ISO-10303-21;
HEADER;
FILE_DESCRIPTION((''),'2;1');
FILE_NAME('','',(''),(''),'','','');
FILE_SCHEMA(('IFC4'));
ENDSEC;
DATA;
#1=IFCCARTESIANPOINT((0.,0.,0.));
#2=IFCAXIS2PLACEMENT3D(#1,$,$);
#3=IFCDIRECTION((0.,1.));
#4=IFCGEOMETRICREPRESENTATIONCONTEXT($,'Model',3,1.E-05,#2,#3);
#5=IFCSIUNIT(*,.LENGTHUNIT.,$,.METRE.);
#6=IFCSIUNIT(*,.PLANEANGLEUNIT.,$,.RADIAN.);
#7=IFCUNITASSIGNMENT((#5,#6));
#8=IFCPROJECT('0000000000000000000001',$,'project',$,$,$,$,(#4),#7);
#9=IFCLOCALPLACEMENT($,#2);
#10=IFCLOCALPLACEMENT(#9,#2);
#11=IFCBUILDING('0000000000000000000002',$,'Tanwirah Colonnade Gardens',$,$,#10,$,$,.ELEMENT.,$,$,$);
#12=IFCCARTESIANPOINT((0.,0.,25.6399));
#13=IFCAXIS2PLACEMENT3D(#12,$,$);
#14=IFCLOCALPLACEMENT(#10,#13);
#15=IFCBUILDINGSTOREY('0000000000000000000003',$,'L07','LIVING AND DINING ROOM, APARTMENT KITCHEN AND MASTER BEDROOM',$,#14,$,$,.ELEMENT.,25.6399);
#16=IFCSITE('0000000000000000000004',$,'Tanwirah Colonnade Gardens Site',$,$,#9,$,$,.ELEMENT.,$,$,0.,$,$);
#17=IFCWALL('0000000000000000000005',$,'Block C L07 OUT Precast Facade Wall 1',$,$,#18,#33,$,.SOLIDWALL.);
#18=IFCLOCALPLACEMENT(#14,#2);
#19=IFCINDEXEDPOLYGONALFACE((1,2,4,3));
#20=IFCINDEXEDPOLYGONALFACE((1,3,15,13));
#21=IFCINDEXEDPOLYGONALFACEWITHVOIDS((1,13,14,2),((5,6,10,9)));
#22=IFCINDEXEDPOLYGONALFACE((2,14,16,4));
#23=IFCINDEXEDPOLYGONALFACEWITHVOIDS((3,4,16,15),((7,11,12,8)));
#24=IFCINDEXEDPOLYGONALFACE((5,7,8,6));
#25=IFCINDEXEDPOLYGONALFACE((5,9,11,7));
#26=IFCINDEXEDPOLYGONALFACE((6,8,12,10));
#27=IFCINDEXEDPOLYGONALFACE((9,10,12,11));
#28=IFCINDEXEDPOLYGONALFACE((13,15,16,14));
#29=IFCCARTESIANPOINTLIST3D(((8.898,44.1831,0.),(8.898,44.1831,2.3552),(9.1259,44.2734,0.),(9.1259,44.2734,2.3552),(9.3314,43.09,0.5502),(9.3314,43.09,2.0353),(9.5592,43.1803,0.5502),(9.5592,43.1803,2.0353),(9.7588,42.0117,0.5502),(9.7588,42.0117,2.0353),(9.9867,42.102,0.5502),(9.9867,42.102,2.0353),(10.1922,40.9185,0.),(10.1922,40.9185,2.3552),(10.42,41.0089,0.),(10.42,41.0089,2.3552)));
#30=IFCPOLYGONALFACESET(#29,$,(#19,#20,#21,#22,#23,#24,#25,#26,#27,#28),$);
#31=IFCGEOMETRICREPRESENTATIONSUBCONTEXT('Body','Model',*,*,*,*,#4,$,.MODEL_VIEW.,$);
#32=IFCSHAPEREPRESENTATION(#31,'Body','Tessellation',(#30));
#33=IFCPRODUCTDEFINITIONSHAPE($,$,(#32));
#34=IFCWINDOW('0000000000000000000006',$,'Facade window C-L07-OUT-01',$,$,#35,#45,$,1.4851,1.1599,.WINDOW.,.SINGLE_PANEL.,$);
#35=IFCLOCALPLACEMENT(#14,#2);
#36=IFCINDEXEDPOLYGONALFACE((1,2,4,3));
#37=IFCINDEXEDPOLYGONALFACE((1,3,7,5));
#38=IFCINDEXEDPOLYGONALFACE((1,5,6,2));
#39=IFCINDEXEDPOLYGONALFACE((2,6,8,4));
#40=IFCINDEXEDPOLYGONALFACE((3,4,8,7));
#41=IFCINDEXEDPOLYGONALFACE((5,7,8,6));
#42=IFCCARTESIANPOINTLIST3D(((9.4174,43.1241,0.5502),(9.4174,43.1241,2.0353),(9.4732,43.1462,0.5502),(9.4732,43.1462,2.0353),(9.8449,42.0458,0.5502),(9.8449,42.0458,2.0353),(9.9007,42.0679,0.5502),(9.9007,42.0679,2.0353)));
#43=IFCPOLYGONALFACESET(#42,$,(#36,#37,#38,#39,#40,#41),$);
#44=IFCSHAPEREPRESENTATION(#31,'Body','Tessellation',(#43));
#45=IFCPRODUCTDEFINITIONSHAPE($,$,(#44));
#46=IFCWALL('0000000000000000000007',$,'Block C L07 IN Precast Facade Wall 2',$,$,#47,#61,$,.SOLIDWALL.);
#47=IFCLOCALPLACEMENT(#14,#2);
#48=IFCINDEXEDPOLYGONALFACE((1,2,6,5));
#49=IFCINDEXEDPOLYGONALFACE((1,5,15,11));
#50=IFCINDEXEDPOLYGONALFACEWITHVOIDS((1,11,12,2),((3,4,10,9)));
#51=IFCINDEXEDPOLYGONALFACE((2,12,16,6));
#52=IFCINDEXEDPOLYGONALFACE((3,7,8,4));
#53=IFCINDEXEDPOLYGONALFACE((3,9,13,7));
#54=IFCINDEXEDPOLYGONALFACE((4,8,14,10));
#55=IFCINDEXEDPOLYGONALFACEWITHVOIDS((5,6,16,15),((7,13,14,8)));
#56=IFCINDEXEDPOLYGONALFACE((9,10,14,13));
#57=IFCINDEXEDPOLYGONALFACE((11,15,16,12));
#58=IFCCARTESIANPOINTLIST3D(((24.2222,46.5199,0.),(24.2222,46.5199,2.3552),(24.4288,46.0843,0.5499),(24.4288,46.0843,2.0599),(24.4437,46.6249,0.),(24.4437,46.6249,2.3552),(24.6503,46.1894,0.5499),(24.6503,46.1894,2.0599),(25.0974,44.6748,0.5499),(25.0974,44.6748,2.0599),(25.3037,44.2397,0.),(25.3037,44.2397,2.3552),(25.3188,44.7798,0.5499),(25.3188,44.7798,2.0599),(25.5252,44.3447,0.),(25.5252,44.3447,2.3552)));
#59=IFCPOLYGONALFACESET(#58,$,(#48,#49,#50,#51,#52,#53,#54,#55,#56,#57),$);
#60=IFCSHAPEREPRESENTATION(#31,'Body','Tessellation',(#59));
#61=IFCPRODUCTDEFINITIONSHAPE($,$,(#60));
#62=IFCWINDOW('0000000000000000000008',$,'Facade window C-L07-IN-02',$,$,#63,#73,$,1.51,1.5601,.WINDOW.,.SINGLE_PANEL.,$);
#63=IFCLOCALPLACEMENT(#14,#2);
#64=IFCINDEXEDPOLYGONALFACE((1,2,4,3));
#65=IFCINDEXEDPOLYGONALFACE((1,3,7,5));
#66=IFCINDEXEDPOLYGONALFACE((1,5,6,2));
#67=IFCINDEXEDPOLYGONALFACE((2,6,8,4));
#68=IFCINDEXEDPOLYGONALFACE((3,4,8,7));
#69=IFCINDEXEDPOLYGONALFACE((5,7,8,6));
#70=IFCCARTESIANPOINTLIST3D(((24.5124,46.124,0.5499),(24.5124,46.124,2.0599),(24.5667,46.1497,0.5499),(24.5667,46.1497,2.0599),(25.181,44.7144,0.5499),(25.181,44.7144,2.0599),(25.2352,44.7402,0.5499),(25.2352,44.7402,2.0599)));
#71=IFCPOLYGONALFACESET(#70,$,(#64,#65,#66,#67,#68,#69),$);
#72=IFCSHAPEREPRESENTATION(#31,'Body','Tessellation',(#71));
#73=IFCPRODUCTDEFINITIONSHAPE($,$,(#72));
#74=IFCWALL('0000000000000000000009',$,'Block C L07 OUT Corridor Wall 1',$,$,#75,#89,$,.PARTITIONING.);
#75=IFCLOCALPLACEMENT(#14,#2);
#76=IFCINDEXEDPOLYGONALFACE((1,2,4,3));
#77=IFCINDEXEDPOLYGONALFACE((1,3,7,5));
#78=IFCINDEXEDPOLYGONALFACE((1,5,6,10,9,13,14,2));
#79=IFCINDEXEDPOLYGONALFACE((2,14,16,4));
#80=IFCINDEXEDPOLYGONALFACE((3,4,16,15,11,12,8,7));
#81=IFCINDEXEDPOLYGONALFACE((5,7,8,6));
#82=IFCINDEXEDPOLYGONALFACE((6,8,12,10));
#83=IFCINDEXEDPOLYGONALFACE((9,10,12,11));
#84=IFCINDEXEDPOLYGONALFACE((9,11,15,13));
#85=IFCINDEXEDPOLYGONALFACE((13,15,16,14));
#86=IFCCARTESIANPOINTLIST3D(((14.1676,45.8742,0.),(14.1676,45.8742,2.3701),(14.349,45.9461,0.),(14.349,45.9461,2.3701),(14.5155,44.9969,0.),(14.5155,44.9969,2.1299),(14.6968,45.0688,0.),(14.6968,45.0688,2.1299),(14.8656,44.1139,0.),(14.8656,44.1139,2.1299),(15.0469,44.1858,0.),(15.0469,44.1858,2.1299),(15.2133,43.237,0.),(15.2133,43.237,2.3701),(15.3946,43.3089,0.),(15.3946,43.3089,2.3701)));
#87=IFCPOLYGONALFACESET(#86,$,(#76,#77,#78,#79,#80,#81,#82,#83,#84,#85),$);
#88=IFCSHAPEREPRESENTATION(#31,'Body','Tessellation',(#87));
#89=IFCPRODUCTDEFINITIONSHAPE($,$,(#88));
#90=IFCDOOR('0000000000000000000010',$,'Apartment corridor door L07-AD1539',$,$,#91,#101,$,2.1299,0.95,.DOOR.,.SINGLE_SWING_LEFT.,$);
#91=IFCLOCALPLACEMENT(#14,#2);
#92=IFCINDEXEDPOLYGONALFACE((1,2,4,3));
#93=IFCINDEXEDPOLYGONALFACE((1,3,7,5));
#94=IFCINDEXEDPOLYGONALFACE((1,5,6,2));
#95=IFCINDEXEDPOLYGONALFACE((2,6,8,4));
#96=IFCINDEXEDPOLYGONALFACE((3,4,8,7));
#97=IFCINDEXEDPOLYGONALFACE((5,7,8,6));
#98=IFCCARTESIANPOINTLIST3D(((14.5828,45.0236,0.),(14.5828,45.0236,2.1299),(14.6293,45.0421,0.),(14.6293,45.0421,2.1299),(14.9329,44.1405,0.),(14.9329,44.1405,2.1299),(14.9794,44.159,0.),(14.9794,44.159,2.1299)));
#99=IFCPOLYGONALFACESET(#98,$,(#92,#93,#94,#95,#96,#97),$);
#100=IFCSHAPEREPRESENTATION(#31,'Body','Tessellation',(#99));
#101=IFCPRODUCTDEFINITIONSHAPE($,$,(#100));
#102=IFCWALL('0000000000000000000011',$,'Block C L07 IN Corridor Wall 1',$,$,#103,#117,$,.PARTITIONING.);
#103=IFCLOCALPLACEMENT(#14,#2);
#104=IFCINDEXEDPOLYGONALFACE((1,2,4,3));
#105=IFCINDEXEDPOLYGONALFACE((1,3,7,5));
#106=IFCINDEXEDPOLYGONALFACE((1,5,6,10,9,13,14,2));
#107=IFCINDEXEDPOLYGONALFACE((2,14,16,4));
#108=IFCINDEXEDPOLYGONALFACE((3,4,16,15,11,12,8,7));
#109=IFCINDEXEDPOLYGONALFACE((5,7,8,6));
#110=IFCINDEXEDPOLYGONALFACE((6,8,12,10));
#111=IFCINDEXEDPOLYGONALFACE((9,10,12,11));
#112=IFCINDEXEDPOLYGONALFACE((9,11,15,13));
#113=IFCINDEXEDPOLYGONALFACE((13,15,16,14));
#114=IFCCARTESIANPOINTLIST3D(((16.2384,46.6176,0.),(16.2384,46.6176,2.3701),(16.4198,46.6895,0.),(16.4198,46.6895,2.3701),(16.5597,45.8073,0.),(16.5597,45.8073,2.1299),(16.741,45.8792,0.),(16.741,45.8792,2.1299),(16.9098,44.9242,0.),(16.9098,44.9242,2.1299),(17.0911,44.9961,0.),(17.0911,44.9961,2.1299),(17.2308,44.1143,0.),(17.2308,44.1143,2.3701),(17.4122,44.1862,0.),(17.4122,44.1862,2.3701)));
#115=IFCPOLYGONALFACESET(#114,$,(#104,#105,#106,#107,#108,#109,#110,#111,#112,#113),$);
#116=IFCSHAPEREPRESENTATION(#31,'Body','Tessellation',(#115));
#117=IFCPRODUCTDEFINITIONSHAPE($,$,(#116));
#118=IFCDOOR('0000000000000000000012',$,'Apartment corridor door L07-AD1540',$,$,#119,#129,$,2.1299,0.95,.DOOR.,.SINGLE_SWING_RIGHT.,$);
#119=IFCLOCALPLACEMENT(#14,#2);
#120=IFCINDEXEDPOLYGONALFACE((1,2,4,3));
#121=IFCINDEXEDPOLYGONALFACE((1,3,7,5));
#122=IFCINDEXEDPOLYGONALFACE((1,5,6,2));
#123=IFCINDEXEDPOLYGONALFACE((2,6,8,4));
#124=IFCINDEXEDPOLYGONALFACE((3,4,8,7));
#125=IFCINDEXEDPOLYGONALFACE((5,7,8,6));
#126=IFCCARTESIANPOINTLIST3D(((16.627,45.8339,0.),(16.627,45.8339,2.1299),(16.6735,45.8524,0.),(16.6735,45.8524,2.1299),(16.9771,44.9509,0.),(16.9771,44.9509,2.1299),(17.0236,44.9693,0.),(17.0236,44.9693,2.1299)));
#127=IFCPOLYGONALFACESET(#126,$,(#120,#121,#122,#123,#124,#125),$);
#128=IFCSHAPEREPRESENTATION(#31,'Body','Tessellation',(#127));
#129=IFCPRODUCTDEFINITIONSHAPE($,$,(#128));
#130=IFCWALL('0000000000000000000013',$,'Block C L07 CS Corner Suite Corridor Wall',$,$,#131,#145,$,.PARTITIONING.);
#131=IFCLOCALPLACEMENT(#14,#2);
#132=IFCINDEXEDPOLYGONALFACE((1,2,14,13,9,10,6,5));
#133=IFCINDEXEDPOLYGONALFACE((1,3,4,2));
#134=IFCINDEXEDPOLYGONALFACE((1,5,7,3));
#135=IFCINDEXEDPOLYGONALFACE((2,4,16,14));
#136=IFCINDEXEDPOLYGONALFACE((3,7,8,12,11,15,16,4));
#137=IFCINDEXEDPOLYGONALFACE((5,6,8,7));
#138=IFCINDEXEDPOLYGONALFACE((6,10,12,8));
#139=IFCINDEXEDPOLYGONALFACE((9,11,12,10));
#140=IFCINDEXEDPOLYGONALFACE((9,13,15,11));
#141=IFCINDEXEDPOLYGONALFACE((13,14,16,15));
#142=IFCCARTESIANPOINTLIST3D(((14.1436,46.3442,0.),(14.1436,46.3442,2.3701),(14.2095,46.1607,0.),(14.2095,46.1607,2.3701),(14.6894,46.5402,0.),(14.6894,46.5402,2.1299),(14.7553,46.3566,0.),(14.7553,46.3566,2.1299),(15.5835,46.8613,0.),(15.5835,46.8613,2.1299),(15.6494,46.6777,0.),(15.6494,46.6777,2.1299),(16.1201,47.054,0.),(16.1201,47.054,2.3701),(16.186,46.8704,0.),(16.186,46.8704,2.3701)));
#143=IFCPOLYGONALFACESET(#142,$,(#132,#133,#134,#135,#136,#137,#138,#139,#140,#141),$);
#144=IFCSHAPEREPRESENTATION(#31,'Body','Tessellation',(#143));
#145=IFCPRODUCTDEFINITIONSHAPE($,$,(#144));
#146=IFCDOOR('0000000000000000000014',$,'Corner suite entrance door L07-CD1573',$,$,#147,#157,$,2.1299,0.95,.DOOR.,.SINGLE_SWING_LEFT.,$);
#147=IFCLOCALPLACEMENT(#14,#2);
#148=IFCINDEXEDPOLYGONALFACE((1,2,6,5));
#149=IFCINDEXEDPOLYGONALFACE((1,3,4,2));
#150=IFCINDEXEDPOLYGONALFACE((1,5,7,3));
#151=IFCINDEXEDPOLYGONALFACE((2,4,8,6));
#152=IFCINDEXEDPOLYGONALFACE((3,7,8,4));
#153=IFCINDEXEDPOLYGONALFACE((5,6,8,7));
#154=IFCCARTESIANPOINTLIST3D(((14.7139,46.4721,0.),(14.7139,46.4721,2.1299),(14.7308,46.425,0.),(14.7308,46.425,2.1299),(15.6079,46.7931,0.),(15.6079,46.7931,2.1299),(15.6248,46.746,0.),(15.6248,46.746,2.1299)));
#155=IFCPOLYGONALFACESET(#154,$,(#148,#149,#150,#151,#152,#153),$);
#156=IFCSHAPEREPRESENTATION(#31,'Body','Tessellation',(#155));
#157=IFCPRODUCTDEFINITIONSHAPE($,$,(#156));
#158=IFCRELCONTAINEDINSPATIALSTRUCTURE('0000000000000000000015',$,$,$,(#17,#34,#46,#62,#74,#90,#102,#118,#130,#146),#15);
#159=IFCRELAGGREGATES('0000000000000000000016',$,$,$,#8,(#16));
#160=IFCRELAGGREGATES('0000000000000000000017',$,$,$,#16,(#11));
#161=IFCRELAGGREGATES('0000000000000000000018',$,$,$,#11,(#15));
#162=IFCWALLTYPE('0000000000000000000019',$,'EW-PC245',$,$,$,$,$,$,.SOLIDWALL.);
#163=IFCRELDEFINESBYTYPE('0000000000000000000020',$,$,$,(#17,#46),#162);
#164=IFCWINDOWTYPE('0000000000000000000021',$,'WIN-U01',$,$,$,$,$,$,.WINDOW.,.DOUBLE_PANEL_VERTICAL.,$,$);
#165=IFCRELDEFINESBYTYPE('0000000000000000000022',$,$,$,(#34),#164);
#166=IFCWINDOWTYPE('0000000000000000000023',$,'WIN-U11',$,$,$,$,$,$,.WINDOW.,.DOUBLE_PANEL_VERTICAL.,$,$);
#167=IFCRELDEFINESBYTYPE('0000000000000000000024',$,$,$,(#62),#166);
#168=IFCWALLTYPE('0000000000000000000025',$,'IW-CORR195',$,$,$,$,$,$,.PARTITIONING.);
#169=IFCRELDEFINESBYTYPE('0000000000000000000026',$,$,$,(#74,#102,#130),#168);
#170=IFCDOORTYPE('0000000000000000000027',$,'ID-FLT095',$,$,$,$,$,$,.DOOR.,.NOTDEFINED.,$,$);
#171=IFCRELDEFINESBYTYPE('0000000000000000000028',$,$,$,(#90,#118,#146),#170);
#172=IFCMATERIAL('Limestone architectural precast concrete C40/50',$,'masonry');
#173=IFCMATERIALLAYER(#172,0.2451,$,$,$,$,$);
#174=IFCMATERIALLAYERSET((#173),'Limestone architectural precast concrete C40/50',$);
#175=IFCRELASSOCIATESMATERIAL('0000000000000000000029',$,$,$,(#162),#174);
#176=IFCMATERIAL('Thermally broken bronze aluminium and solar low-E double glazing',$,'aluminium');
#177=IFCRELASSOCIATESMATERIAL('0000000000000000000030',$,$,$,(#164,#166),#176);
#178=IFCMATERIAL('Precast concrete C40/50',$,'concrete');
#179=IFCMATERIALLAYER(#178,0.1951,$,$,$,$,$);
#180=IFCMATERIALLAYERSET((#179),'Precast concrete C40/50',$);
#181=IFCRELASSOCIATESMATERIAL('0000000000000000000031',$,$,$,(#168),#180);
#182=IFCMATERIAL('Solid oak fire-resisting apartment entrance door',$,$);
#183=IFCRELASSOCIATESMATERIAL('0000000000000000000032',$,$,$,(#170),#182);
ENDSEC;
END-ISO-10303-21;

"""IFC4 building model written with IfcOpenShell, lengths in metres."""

from ifc_helpers import new_model, si_unit, direction, frame, frame_2d, origin, place, context, subcontext, project, spatial, rectangle, extrude, material, layer, layer_set, type_object, element, fill, save


model = new_model("IFC4")

# Units and contexts
model_context = context("Model", 3, precision=1e-05, world=origin(), true_north=direction((0.0, 1.0)))
body_context = subcontext(model_context, "Body", "Model", "MODEL_VIEW")
ifc_project = project(units=[si_unit("LENGTHUNIT", "METRE"), si_unit("PLANEANGLEUNIT", "RADIAN")], contexts=[model_context])

# Site, building, storey
site_placement = place(None, origin())
site = spatial("IfcSite", under=ifc_project, at=site_placement, Name="Tanwirah Colonnade Gardens Site", CompositionType="ELEMENT", RefElevation=0.0)
building_placement = place(site_placement, origin())
building = spatial("IfcBuilding", under=site, at=building_placement, Name="Tanwirah Colonnade Gardens", CompositionType="ELEMENT")
storey_placement = place(building_placement, frame((0.0, 0.0, 25.6399)))
storey = spatial("IfcBuildingStorey", under=building, at=storey_placement, Name="L07", Description="LIVING AND DINING ROOM, APARTMENT KITCHEN AND MASTER BEDROOM", CompositionType="ELEMENT", Elevation=25.6399)

# Shared definitions
ifc_material_1 = material(Name="Precast concrete C40/50", Category="concrete")

# Walls, openings, windows
ifc_material_2 = material(Name="Limestone architectural precast concrete C40/50", Category="masonry")
ifc_layer_1 = layer(ifc_material_2, 0.2451)
ifc_layer_set_1 = layer_set([ifc_layer_1], Name="Limestone architectural precast concrete C40/50")
wall_type_1 = type_object("IfcWallType", Name="EW-PC245", PredefinedType="SOLIDWALL", material=ifc_layer_set_1)
wall_1_placement = place(storey_placement, frame((9.012, 44.2283, 0.0), z_axis=(0.0, 0.0, 1.0), x_axis=(0.368524, -0.929618, 0.0)))
wall_1 = element("IfcWall", 1, at=wall_1_placement, inside=storey, type_object=wall_type_1, Name="Block C L07 OUT Precast Facade Wall 1", PredefinedType="SOLIDWALL", context=body_context, shape_type="SweptSolid", body=[
    extrude(rectangle(XDim=3.5117, YDim=0.2451, at=frame_2d((1.7559, 0.0))), origin(), (0.0, 0.0, 1.0), 2.3552),
])
opening_1_placement = place(wall_1_placement, frame((1.1758, 0.0, 0.55)))
opening_1 = element("IfcOpeningElement", 2, at=opening_1_placement, cuts=wall_1, PredefinedType="OPENING", context=body_context, shape_type="SweptSolid", body=[
    extrude(rectangle(XDim=1.1599, YDim=1.4851, at=frame_2d((0.5801, 0.7427))), frame((0.0, 0.1326, 0.0), z_axis=(0.0, -1.0, 0.0), x_axis=(1.0, 0.0, 0.0)), (0.0, 0.0, 1.0), 0.2651),
])
ifc_material_3 = material(Name="Thermally broken bronze aluminium and solar low-E double glazing", Category="aluminium")
window_type_1 = type_object("IfcWindowType", Name="WIN-U01", PartitioningType="DOUBLE_PANEL_VERTICAL", PredefinedType="WINDOW", material=ifc_material_3)
window_1_placement = place(opening_1_placement, origin())
window_1 = element("IfcWindow", 3, at=window_1_placement, inside=storey, type_object=window_type_1, Name="Facade window C-L07-OUT-01", OverallHeight=1.4851, OverallWidth=1.1599, PartitioningType="SINGLE_PANEL", PredefinedType="WINDOW", context=body_context, shape_type="SweptSolid", body=[
    extrude(rectangle(XDim=1.1599, YDim=1.4851, at=frame_2d((0.5801, 0.7427))), frame((0.0, 0.03, 0.0), z_axis=(0.0, -1.0, 0.0), x_axis=(1.0, 0.0, 0.0)), (0.0, 0.0, 1.0), 0.0601),
])
fill(opening_1, window_1)
wall_2_placement = place(storey_placement, frame((24.333, 46.5723, 0.0), z_axis=(0.0, 0.0, 1.0), x_axis=(0.428544, -0.903521, 0.0)))
wall_2 = element("IfcWall", 4, at=wall_2_placement, inside=storey, type_object=wall_type_1, Name="Block C L07 IN Precast Facade Wall 2", PredefinedType="SOLIDWALL", context=body_context, shape_type="SweptSolid", body=[
    extrude(rectangle(XDim=2.5237, YDim=0.2451, at=frame_2d((1.2617, 0.0))), origin(), (0.0, 0.0, 1.0), 2.3552),
])
opening_2_placement = place(wall_2_placement, frame((0.4819, 0.0, 0.55)))
opening_2 = element("IfcOpeningElement", 5, at=opening_2_placement, cuts=wall_2, PredefinedType="OPENING", context=body_context, shape_type="SweptSolid", body=[
    extrude(rectangle(XDim=1.5601, YDim=1.51, at=frame_2d((0.78, 0.7549))), frame((0.0, 0.1326, 0.0), z_axis=(0.0, -1.0, 0.0), x_axis=(1.0, 0.0, 0.0)), (0.0, 0.0, 1.0), 0.2651),
])
window_type_2 = type_object("IfcWindowType", Name="WIN-U11", PartitioningType="DOUBLE_PANEL_VERTICAL", PredefinedType="WINDOW", material=ifc_material_3)
window_2_placement = place(opening_2_placement, origin())
window_2 = element("IfcWindow", 6, at=window_2_placement, inside=storey, type_object=window_type_2, Name="Facade window C-L07-IN-02", OverallHeight=1.51, OverallWidth=1.5601, PartitioningType="SINGLE_PANEL", PredefinedType="WINDOW", context=body_context, shape_type="SweptSolid", body=[
    extrude(rectangle(XDim=1.5601, YDim=1.51, at=frame_2d((0.78, 0.7549))), frame((0.0, 0.03, 0.0), z_axis=(0.0, -1.0, 0.0), x_axis=(1.0, 0.0, 0.0)), (0.0, 0.0, 1.0), 0.0601),
])
fill(opening_2, window_2)

# Walls, openings, doors
ifc_layer_2 = layer(ifc_material_1, 0.1951)
ifc_layer_set_2 = layer_set([ifc_layer_2], Name="Precast concrete C40/50")
wall_type_2 = type_object("IfcWallType", Name="IW-CORR195", PredefinedType="PARTITIONING", material=ifc_layer_set_2)
wall_3_placement = place(storey_placement, frame((14.2583, 45.9102, 0.0), z_axis=(0.0, 0.0, 1.0), x_axis=(0.368585, -0.929594, 0.0)))
wall_3 = element("IfcWall", 7, at=wall_3_placement, inside=storey, type_object=wall_type_2, Name="Block C L07 OUT Corridor Wall 1", PredefinedType="PARTITIONING", context=body_context, shape_type="SweptSolid", body=[
    extrude(rectangle(XDim=2.8369, YDim=0.1951, at=frame_2d((1.4185, 0.0))), origin(), (0.0, 0.0, 1.0), 2.3701),
])
opening_3_placement = place(wall_3_placement, frame((0.9436, 0.0, 0.0)))
opening_3 = element("IfcOpeningElement", 8, at=opening_3_placement, cuts=wall_3, PredefinedType="OPENING", context=body_context, shape_type="SweptSolid", body=[
    extrude(rectangle(XDim=0.95, YDim=2.1299, at=frame_2d((0.4751, 1.0649))), frame((0.0, 0.1074, 0.0), z_axis=(0.0, -1.0, 0.0), x_axis=(1.0, 0.0, 0.0)), (0.0, 0.0, 1.0), 0.2151),
])
ifc_material_4 = material(Name="Solid oak fire-resisting apartment entrance door")
door_type_1 = type_object("IfcDoorType", Name="ID-FLT095", OperationType="NOTDEFINED", PredefinedType="DOOR", material=ifc_material_4)
door_1_placement = place(opening_3_placement, origin())
door_1 = element("IfcDoor", 9, at=door_1_placement, inside=storey, type_object=door_type_1, Name="Apartment corridor door L07-AD1539", OperationType="SINGLE_SWING_LEFT", OverallHeight=2.1299, OverallWidth=0.95, PredefinedType="DOOR", context=body_context, shape_type="SweptSolid", body=[
    extrude(rectangle(XDim=0.95, YDim=2.1299, at=frame_2d((0.4751, 1.0649))), frame((0.0, 0.0249, 0.0), z_axis=(0.0, -1.0, 0.0), x_axis=(1.0, 0.0, 0.0)), (0.0, 0.0, 1.0), 0.05),
])
fill(opening_3, door_1)
wall_4_placement = place(storey_placement, frame((16.3291, 46.6536, 0.0), z_axis=(0.0, 0.0, 1.0), x_axis=(0.368528, -0.929616, 0.0)))
wall_4 = element("IfcWall", 10, at=wall_4_placement, inside=storey, type_object=wall_type_2, Name="Block C L07 IN Corridor Wall 1", PredefinedType="PARTITIONING", context=body_context, shape_type="SweptSolid", body=[
    extrude(rectangle(XDim=2.6929, YDim=0.1951, at=frame_2d((1.3464, 0.0))), origin(), (0.0, 0.0, 1.0), 2.3701),
])
opening_4_placement = place(wall_4_placement, frame((0.8716, 0.0, 0.0)))
opening_4 = element("IfcOpeningElement", 11, at=opening_4_placement, cuts=wall_4, PredefinedType="OPENING", context=body_context, shape_type="SweptSolid", body=[
    extrude(rectangle(XDim=0.95, YDim=2.1299, at=frame_2d((0.4751, 1.0649))), frame((0.0, 0.1074, 0.0), z_axis=(0.0, -1.0, 0.0), x_axis=(1.0, 0.0, 0.0)), (0.0, 0.0, 1.0), 0.2151),
])
door_2_placement = place(opening_4_placement, origin())
door_2 = element("IfcDoor", 12, at=door_2_placement, inside=storey, type_object=door_type_1, Name="Apartment corridor door L07-AD1540", OperationType="SINGLE_SWING_RIGHT", OverallHeight=2.1299, OverallWidth=0.95, PredefinedType="DOOR", context=body_context, shape_type="SweptSolid", body=[
    extrude(rectangle(XDim=0.95, YDim=2.1299, at=frame_2d((0.4751, 1.0649))), frame((0.0, 0.0249, 0.0), z_axis=(0.0, -1.0, 0.0), x_axis=(1.0, 0.0, 0.0)), (0.0, 0.0, 1.0), 0.05),
])
fill(opening_4, door_2)
wall_5_placement = place(storey_placement, frame((16.1531, 46.9622, 0.0), z_axis=(0.0, 0.0, 1.0), x_axis=(-0.941167, -0.337941, 0.0)))
wall_5 = element("IfcWall", 13, at=wall_5_placement, inside=storey, type_object=wall_type_2, Name="Block C L07 CS Corner Suite Corridor Wall", PredefinedType="PARTITIONING", context=body_context, shape_type="SweptSolid", body=[
    extrude(rectangle(XDim=2.1001, YDim=0.1951, at=frame_2d((1.05, 0.0))), origin(), (0.0, 0.0, 1.0), 2.3701),
])
opening_5_placement = place(wall_5_placement, frame((0.5701, 0.0, 0.0)))
opening_5 = element("IfcOpeningElement", 14, at=opening_5_placement, cuts=wall_5, PredefinedType="OPENING", context=body_context, shape_type="SweptSolid", body=[
    extrude(rectangle(XDim=0.95, YDim=2.1299, at=frame_2d((0.4751, 1.0649))), frame((0.0, 0.1074, 0.0), z_axis=(0.0, -1.0, 0.0), x_axis=(1.0, 0.0, 0.0)), (0.0, 0.0, 1.0), 0.2151),
])
door_3_placement = place(opening_5_placement, origin())
door_3 = element("IfcDoor", 15, at=door_3_placement, inside=storey, type_object=door_type_1, Name="Corner suite entrance door L07-CD1573", OperationType="SINGLE_SWING_LEFT", OverallHeight=2.1299, OverallWidth=0.95, PredefinedType="DOOR", context=body_context, shape_type="SweptSolid", body=[
    extrude(rectangle(XDim=0.95, YDim=2.1299, at=frame_2d((0.4751, 1.0649))), frame((0.0, 0.0249, 0.0), z_axis=(0.0, -1.0, 0.0), x_axis=(1.0, 0.0, 0.0)), (0.0, 0.0, 1.0), 0.05),
])
fill(opening_5, door_3)

save(model, "model.ifc")
